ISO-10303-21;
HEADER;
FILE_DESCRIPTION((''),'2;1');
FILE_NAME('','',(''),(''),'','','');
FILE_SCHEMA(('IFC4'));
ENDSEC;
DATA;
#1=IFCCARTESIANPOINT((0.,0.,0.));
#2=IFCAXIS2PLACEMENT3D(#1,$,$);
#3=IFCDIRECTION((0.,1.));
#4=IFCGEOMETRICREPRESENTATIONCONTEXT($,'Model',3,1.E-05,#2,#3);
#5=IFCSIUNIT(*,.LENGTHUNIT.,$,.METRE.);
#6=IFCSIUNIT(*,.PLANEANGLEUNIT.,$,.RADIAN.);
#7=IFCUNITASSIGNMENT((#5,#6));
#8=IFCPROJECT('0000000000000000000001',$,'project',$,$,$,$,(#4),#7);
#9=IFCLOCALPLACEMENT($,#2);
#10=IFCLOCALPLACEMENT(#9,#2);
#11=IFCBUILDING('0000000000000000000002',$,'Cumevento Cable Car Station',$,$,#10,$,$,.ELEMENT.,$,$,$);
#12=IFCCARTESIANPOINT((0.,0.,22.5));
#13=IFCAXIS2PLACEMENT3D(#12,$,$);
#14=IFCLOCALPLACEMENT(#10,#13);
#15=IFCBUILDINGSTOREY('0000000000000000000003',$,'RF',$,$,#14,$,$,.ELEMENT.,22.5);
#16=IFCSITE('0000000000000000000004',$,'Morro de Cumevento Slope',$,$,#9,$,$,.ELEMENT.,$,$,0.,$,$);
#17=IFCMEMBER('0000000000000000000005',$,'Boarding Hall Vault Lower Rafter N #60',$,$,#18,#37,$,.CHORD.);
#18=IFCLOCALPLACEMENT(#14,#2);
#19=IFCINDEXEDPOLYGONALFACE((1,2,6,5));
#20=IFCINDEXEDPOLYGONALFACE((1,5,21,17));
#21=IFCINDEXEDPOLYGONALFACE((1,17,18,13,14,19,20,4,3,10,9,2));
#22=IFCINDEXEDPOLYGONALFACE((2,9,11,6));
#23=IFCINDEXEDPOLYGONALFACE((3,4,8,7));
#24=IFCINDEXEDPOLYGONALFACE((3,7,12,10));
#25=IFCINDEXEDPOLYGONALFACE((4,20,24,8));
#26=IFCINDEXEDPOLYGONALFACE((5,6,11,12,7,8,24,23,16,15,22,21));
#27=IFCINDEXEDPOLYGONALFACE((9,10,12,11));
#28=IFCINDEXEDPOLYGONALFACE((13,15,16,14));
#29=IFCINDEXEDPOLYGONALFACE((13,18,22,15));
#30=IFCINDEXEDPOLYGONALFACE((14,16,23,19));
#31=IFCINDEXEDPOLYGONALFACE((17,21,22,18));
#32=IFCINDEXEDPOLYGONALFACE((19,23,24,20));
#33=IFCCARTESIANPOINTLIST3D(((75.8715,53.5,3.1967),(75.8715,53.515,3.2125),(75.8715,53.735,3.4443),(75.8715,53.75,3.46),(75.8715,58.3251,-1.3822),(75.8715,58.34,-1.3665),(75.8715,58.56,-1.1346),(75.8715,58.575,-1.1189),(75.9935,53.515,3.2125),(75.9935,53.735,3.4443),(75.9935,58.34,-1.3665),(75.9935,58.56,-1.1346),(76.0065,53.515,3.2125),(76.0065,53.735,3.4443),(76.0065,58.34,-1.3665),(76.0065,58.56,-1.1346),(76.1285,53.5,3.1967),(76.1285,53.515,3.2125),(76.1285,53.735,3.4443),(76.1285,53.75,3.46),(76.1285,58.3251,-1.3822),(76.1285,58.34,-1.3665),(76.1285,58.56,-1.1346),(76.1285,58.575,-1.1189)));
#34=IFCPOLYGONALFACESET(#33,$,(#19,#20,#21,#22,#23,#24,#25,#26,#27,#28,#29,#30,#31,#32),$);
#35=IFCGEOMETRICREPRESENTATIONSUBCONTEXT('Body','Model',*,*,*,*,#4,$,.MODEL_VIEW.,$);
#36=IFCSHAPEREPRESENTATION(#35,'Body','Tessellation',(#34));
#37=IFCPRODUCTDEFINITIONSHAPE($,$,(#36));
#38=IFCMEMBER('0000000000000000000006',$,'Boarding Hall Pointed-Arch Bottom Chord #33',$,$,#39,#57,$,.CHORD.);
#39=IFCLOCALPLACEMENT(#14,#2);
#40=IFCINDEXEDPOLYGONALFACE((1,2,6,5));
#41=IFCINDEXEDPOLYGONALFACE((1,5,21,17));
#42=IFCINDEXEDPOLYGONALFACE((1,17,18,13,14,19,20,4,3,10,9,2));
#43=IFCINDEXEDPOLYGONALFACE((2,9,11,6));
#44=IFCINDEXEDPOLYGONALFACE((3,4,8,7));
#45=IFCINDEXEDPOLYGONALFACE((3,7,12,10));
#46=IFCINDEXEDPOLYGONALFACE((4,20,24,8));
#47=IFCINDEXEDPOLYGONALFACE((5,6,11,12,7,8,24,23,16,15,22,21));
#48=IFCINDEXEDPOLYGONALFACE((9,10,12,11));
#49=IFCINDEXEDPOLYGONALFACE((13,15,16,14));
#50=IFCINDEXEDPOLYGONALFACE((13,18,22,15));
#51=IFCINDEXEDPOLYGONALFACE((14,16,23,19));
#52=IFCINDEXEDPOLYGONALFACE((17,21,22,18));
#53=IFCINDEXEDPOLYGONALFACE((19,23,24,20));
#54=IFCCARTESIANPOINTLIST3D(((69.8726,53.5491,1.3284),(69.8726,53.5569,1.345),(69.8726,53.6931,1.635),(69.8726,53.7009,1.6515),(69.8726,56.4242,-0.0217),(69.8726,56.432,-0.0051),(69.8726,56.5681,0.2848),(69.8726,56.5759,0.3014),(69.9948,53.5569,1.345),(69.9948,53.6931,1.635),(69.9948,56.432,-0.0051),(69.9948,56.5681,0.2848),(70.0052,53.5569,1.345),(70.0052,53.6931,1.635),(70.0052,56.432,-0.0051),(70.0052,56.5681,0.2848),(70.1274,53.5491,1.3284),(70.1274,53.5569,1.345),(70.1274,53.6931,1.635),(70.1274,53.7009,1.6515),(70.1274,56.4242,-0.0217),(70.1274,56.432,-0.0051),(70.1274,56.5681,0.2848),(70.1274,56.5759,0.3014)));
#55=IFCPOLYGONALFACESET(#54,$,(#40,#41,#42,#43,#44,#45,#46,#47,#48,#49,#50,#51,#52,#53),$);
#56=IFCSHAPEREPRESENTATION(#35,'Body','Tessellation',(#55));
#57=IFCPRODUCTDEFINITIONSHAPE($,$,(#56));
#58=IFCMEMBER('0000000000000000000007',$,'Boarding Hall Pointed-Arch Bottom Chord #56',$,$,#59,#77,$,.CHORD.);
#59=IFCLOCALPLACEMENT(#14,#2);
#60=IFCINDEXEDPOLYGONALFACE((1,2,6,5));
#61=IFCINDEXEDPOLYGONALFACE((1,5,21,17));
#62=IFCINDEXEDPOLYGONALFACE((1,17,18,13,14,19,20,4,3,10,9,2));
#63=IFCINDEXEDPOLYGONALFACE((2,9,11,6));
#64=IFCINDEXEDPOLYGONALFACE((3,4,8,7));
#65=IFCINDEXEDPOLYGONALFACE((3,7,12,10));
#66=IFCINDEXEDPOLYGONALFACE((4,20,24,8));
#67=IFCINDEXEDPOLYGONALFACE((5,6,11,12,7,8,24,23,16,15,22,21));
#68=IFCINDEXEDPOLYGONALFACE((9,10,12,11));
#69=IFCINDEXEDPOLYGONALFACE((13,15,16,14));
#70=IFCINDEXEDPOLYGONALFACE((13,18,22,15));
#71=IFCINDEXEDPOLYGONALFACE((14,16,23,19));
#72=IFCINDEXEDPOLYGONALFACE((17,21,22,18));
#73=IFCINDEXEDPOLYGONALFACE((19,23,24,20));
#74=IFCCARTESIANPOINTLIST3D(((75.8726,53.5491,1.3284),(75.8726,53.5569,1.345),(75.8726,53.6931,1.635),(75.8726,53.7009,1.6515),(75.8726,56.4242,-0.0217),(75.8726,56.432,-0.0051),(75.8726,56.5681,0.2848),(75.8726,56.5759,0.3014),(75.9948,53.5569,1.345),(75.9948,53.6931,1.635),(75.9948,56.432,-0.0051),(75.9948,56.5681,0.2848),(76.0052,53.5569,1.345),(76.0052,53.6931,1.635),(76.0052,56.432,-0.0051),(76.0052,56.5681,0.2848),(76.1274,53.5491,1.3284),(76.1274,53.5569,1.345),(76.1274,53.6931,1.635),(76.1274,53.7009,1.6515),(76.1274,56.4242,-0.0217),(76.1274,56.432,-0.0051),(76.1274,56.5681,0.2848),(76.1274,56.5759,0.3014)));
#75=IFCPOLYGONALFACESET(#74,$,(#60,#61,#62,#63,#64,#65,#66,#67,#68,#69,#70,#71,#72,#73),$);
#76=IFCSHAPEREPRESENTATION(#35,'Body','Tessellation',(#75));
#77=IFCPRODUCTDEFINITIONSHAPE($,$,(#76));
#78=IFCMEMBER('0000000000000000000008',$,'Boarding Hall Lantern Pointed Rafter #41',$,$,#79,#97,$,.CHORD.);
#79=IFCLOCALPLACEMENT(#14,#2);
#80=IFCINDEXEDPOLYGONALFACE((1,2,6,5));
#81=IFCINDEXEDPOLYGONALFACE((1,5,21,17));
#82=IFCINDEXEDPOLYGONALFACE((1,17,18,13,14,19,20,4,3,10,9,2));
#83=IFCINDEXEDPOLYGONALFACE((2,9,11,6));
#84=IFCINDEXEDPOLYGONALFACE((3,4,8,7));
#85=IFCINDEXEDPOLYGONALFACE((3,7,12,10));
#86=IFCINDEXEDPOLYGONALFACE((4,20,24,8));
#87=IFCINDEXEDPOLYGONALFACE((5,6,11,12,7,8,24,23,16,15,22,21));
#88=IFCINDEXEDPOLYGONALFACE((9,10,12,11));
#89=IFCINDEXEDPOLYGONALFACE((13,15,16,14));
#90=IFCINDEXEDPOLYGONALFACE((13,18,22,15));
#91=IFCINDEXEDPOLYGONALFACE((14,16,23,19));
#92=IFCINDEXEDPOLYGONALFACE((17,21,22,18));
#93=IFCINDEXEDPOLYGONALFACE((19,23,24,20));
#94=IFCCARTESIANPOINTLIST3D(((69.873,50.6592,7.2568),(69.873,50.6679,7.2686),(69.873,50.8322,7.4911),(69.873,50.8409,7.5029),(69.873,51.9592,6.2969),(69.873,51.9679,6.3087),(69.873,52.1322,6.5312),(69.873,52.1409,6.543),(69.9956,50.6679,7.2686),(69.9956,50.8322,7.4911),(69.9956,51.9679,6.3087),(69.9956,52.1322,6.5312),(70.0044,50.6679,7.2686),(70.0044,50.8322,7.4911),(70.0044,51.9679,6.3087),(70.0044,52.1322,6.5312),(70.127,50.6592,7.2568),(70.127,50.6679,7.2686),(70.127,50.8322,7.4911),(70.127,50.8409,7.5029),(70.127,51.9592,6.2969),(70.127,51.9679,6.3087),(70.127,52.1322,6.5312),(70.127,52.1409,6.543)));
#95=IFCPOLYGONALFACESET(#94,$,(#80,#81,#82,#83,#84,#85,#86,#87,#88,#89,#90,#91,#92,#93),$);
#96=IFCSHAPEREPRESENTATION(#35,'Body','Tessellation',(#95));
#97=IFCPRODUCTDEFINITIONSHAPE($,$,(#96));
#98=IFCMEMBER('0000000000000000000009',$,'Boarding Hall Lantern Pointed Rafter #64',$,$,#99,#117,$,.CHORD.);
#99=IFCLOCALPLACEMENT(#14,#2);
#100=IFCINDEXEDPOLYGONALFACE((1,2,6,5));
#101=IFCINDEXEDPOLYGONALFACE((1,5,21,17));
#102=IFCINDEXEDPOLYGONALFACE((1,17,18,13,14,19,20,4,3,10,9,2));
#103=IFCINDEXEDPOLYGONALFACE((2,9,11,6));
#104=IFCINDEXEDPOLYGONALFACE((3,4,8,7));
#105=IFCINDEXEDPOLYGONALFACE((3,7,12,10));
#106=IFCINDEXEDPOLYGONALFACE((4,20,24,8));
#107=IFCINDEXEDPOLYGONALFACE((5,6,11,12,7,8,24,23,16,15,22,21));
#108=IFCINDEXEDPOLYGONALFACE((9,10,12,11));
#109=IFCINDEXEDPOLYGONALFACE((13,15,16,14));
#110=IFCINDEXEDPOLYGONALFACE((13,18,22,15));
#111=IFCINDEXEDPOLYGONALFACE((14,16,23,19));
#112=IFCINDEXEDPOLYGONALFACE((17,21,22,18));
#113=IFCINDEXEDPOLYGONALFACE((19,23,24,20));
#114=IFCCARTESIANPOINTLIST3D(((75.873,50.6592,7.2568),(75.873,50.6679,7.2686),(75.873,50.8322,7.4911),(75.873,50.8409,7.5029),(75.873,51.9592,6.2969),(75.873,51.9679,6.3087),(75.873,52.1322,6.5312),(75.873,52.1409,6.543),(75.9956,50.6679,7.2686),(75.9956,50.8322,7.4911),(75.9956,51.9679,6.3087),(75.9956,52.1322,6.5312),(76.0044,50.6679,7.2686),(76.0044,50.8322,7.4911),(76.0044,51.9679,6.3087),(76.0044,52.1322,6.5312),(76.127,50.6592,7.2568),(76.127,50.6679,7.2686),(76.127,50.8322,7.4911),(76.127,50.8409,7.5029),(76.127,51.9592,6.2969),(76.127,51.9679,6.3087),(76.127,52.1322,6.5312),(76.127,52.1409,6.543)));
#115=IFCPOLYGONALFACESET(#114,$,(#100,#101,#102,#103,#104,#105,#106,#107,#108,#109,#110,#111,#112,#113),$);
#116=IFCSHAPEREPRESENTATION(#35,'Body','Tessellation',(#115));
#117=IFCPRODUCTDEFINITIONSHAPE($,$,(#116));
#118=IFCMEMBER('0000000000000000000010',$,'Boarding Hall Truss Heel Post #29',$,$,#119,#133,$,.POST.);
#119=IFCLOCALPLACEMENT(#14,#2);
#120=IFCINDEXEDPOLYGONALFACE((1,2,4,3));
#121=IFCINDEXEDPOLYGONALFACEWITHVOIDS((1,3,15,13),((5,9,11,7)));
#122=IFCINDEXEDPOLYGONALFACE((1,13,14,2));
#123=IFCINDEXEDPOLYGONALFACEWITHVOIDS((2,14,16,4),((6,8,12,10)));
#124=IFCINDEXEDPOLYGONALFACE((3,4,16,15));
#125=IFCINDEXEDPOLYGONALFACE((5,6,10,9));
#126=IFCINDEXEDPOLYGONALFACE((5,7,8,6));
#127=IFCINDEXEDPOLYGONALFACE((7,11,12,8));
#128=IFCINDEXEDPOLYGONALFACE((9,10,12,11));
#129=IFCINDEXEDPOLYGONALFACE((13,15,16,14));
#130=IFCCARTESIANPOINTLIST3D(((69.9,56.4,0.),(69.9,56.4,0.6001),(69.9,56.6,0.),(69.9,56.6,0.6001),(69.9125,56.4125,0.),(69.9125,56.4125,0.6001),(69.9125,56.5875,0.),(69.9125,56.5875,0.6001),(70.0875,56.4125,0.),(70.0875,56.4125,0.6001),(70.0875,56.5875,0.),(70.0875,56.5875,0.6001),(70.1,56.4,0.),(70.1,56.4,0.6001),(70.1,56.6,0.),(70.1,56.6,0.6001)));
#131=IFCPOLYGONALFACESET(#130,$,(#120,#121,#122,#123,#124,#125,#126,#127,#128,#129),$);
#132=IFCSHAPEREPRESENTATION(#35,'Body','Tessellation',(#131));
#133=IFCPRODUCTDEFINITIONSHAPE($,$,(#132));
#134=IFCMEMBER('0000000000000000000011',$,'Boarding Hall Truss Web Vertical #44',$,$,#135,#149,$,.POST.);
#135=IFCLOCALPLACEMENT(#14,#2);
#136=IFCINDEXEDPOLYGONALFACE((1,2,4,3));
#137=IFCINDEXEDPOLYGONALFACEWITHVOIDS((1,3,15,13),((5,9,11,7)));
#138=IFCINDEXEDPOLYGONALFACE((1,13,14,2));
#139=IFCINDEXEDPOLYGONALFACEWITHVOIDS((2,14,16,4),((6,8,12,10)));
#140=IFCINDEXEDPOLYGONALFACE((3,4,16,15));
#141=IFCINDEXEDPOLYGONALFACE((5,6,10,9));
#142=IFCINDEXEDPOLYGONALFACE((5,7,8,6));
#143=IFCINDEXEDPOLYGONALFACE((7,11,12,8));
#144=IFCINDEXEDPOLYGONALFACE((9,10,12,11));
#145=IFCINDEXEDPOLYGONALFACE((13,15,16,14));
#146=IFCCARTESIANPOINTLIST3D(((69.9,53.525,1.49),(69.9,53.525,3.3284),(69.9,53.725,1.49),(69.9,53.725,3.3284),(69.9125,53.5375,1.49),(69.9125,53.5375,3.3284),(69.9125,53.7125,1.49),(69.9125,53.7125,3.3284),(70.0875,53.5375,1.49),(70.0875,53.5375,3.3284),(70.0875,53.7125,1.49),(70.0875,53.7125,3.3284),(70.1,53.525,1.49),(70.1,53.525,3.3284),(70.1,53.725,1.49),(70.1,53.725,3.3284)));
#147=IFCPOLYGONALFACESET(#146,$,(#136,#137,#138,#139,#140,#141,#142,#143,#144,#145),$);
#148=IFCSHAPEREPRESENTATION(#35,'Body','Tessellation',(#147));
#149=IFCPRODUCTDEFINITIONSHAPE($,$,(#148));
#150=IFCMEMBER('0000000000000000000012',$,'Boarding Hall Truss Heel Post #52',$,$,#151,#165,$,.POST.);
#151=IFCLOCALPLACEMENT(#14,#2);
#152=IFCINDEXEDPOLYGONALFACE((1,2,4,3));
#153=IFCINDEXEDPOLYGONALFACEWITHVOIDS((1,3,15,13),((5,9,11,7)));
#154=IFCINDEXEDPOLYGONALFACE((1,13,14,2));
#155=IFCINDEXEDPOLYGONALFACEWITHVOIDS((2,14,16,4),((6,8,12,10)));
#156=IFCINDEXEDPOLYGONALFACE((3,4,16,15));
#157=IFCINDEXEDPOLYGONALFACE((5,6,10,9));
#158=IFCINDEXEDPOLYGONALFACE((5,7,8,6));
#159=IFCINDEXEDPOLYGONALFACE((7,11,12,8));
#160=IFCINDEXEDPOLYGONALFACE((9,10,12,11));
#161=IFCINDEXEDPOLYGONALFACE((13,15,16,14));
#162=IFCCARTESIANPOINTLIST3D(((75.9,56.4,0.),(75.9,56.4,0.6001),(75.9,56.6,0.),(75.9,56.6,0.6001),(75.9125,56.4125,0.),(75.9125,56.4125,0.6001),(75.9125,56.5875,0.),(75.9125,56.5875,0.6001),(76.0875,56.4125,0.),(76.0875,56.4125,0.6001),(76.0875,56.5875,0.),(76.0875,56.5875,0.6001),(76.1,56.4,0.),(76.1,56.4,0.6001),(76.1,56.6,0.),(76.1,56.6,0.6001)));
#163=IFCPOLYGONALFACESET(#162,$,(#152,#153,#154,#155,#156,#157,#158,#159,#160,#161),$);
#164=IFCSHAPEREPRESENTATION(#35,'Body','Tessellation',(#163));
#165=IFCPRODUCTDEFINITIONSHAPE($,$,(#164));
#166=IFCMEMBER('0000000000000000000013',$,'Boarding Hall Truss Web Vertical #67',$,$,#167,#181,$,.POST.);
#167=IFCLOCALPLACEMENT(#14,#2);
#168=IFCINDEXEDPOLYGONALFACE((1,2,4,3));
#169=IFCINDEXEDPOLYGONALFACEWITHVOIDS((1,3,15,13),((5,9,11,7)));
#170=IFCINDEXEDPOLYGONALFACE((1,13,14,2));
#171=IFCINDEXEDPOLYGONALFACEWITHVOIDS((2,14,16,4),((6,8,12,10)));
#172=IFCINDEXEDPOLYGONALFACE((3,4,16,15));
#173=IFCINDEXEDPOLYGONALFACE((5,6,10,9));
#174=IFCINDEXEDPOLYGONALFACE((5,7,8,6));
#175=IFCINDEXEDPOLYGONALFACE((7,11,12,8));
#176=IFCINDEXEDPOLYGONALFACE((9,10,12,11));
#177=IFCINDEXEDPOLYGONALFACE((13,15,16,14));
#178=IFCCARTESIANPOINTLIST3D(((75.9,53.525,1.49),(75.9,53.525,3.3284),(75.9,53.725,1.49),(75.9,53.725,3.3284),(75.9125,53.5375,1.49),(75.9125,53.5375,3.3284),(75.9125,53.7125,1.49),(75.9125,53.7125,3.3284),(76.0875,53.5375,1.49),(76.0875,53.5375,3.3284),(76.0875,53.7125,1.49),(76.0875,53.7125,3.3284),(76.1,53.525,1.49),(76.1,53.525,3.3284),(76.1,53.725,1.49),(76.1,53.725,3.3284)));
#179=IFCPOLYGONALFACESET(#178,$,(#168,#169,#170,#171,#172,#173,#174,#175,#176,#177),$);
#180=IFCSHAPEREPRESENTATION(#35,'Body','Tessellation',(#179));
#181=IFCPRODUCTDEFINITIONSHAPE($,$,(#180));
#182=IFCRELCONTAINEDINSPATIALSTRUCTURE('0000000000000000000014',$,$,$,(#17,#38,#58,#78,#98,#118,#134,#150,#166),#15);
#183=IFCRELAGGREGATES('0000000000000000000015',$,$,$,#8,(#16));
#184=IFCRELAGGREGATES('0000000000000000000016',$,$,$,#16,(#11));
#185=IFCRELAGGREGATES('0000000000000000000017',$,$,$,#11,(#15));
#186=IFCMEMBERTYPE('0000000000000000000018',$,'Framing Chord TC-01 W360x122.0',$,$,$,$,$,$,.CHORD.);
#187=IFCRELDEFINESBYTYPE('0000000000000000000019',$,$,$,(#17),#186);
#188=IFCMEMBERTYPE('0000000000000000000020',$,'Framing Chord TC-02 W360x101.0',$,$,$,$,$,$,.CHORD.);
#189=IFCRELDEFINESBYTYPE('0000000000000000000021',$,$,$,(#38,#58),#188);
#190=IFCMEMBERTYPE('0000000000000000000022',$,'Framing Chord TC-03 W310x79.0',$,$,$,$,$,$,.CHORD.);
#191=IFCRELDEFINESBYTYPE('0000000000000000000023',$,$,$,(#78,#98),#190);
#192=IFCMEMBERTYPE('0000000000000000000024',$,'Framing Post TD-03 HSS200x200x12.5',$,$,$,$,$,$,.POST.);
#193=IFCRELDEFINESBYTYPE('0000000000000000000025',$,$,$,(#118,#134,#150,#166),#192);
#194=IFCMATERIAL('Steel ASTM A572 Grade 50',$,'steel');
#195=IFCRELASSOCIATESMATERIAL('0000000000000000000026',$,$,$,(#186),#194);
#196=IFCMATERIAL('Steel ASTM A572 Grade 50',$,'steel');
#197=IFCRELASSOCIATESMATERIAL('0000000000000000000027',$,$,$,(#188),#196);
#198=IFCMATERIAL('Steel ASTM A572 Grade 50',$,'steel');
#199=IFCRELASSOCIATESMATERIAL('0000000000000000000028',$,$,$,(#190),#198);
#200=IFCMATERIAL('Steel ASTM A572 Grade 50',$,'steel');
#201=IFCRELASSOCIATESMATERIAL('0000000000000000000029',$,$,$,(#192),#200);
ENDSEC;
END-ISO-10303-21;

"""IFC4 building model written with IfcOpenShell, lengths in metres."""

from ifc_helpers import new_model, si_unit, direction, frame, origin, origin_2d, place, context, subcontext, project, spatial, hollow_rectangle, i_section, extrude, material, material_profile, profile_set, type_object, element, save


model = new_model("IFC4")

# Units and contexts
model_context = context("Model", 3, precision=1e-05, world=origin(), true_north=direction((0.0, 1.0)))
body_context = subcontext(model_context, "Body", "Model", "MODEL_VIEW")
ifc_project = project(units=[si_unit("LENGTHUNIT", "METRE"), si_unit("PLANEANGLEUNIT", "RADIAN")], contexts=[model_context])

# Site, building, storey
site_placement = place(None, origin())
site = spatial("IfcSite", under=ifc_project, at=site_placement, Name="Morro de Cumevento Slope", CompositionType="ELEMENT", RefElevation=0.0)
building_placement = place(site_placement, origin())
building = spatial("IfcBuilding", under=site, at=building_placement, Name="Cumevento Cable Car Station", CompositionType="ELEMENT")
storey_placement = place(building_placement, frame((0.0, 0.0, 22.5)))
storey = spatial("IfcBuildingStorey", under=building, at=storey_placement, Name="RF", CompositionType="ELEMENT", Elevation=22.5)

# Members
ifc_material_1 = material(Name="Steel ASTM A572 Grade 50", Category="steel")
ifc_material_profile_1 = material_profile(ifc_material_1, i_section(OverallWidth=0.2571, OverallDepth=0.363, WebThickness=0.0129, FlangeThickness=0.0217, at=origin_2d()), Name="W360x122.0")
ifc_profile_set_1 = profile_set([ifc_material_profile_1], Name="Steel ASTM A572 Grade 50")
member_type_1 = type_object("IfcMemberType", Name="Framing Chord TC-01 W360x122.0", PredefinedType="CHORD", material=ifc_profile_set_1)
for number, where, z_axis, x_axis, name in (
    (1, (76.0, 53.625, 3.3284), (0.0, 0.725363, -0.688366), (-1.0, 0.0, 0.0), "Boarding Hall Vault Lower Rafter N #60"),
):
    element("IfcMember", number, at=place(storey_placement, frame(where, z_axis=z_axis, x_axis=x_axis)), inside=storey, type_object=member_type_1, Name=name, PredefinedType="CHORD", context=body_context, shape_type="SweptSolid", body=[
        extrude(i_section(OverallWidth=0.2571, OverallDepth=0.363, WebThickness=0.0129, FlangeThickness=0.0217, at=origin_2d()), origin(), (0.0, 0.0, 1.0), 6.6519),
    ])
ifc_material_2 = material(Name="Steel ASTM A572 Grade 50", Category="steel")
ifc_material_profile_2 = material_profile(ifc_material_2, i_section(OverallWidth=0.2549, OverallDepth=0.3569, WebThickness=0.0105, FlangeThickness=0.0183, at=origin_2d()), Name="W360x101.0")
ifc_profile_set_2 = profile_set([ifc_material_profile_2], Name="Steel ASTM A572 Grade 50")
member_type_2 = type_object("IfcMemberType", Name="Framing Chord TC-02 W360x101.0", PredefinedType="CHORD", material=ifc_profile_set_2)
for number, where, z_axis, x_axis, name in (
    (2, (70.0, 53.625, 1.49), (0.0, 0.905163, -0.425064), (-1.0, 0.0, 0.0), "Boarding Hall Pointed-Arch Bottom Chord #33"),
    (3, (76.0, 53.625, 1.49), (0.0, 0.905163, -0.425064), (-1.0, 0.0, 0.0), "Boarding Hall Pointed-Arch Bottom Chord #56"),
):
    element("IfcMember", number, at=place(storey_placement, frame(where, z_axis=z_axis, x_axis=x_axis)), inside=storey, type_object=member_type_2, Name=name, PredefinedType="CHORD", context=body_context, shape_type="SweptSolid", body=[
        extrude(i_section(OverallWidth=0.2549, OverallDepth=0.3569, WebThickness=0.0105, FlangeThickness=0.0183, at=origin_2d()), origin(), (0.0, 0.0, 1.0), 3.1763),
    ])
ifc_material_3 = material(Name="Steel ASTM A572 Grade 50", Category="steel")
ifc_material_profile_3 = material_profile(ifc_material_3, i_section(OverallWidth=0.2539, OverallDepth=0.3059, WebThickness=0.0088, FlangeThickness=0.0146, at=origin_2d()), Name="W310x79.0")
ifc_profile_set_3 = profile_set([ifc_material_profile_3], Name="Steel ASTM A572 Grade 50")
member_type_3 = type_object("IfcMemberType", Name="Framing Chord TC-03 W310x79.0", PredefinedType="CHORD", material=ifc_profile_set_3)
for number, where, z_axis, x_axis, name in (
    (4, (70.0, 52.05, 6.4199), (0.0, -0.804455, 0.594013), (1.0, 0.0, 0.0), "Boarding Hall Lantern Pointed Rafter #41"),
    (5, (76.0, 52.05, 6.4199), (0.0, -0.804455, 0.594013), (1.0, 0.0, 0.0), "Boarding Hall Lantern Pointed Rafter #64"),
):
    element("IfcMember", number, at=place(storey_placement, frame(where, z_axis=z_axis, x_axis=x_axis)), inside=storey, type_object=member_type_3, Name=name, PredefinedType="CHORD", context=body_context, shape_type="SweptSolid", body=[
        extrude(i_section(OverallWidth=0.2539, OverallDepth=0.3059, WebThickness=0.0088, FlangeThickness=0.0146, at=origin_2d()), origin(), (0.0, 0.0, 1.0), 1.616),
    ])
ifc_material_4 = material(Name="Steel ASTM A572 Grade 50", Category="steel")
ifc_material_profile_4 = material_profile(ifc_material_4, hollow_rectangle(XDim=0.2, YDim=0.2, WallThickness=0.0125, at=origin_2d()), Name="HSS200x200x12.5")
ifc_profile_set_4 = profile_set([ifc_material_profile_4], Name="Steel ASTM A572 Grade 50")
member_type_4 = type_object("IfcMemberType", Name="Framing Post TD-03 HSS200x200x12.5", PredefinedType="POST", material=ifc_profile_set_4)
member_1_placement = place(storey_placement, frame((70.0, 56.5, 0.0), z_axis=(0.0, 0.0, 1.0), x_axis=(1.0, 0.0, 0.0)))
element("IfcMember", 6, at=member_1_placement, inside=storey, type_object=member_type_4, Name="Boarding Hall Truss Heel Post #29", PredefinedType="POST", context=body_context, shape_type="SweptSolid", body=[
    extrude(hollow_rectangle(XDim=0.2, YDim=0.2, WallThickness=0.0125, at=origin_2d()), origin(), (0.0, 0.0, 1.0), 0.6001),
])
member_2_placement = place(storey_placement, frame((70.0, 53.625, 1.49), z_axis=(0.0, 0.0, 1.0), x_axis=(1.0, 0.0, 0.0)))
element("IfcMember", 7, at=member_2_placement, inside=storey, type_object=member_type_4, Name="Boarding Hall Truss Web Vertical #44", PredefinedType="POST", context=body_context, shape_type="SweptSolid", body=[
    extrude(hollow_rectangle(XDim=0.2, YDim=0.2, WallThickness=0.0125, at=origin_2d()), origin(), (0.0, 0.0, 1.0), 1.8384),
])
member_3_placement = place(storey_placement, frame((76.0, 56.5, 0.0), z_axis=(0.0, 0.0, 1.0), x_axis=(1.0, 0.0, 0.0)))
element("IfcMember", 8, at=member_3_placement, inside=storey, type_object=member_type_4, Name="Boarding Hall Truss Heel Post #52", PredefinedType="POST", context=body_context, shape_type="SweptSolid", body=[
    extrude(hollow_rectangle(XDim=0.2, YDim=0.2, WallThickness=0.0125, at=origin_2d()), origin(), (0.0, 0.0, 1.0), 0.6001),
])
member_4_placement = place(storey_placement, frame((76.0, 53.625, 1.49), z_axis=(0.0, 0.0, 1.0), x_axis=(1.0, 0.0, 0.0)))
element("IfcMember", 9, at=member_4_placement, inside=storey, type_object=member_type_4, Name="Boarding Hall Truss Web Vertical #67", PredefinedType="POST", context=body_context, shape_type="SweptSolid", body=[
    extrude(hollow_rectangle(XDim=0.2, YDim=0.2, WallThickness=0.0125, at=origin_2d()), origin(), (0.0, 0.0, 1.0), 1.8384),
])

save(model, "model.ifc")
